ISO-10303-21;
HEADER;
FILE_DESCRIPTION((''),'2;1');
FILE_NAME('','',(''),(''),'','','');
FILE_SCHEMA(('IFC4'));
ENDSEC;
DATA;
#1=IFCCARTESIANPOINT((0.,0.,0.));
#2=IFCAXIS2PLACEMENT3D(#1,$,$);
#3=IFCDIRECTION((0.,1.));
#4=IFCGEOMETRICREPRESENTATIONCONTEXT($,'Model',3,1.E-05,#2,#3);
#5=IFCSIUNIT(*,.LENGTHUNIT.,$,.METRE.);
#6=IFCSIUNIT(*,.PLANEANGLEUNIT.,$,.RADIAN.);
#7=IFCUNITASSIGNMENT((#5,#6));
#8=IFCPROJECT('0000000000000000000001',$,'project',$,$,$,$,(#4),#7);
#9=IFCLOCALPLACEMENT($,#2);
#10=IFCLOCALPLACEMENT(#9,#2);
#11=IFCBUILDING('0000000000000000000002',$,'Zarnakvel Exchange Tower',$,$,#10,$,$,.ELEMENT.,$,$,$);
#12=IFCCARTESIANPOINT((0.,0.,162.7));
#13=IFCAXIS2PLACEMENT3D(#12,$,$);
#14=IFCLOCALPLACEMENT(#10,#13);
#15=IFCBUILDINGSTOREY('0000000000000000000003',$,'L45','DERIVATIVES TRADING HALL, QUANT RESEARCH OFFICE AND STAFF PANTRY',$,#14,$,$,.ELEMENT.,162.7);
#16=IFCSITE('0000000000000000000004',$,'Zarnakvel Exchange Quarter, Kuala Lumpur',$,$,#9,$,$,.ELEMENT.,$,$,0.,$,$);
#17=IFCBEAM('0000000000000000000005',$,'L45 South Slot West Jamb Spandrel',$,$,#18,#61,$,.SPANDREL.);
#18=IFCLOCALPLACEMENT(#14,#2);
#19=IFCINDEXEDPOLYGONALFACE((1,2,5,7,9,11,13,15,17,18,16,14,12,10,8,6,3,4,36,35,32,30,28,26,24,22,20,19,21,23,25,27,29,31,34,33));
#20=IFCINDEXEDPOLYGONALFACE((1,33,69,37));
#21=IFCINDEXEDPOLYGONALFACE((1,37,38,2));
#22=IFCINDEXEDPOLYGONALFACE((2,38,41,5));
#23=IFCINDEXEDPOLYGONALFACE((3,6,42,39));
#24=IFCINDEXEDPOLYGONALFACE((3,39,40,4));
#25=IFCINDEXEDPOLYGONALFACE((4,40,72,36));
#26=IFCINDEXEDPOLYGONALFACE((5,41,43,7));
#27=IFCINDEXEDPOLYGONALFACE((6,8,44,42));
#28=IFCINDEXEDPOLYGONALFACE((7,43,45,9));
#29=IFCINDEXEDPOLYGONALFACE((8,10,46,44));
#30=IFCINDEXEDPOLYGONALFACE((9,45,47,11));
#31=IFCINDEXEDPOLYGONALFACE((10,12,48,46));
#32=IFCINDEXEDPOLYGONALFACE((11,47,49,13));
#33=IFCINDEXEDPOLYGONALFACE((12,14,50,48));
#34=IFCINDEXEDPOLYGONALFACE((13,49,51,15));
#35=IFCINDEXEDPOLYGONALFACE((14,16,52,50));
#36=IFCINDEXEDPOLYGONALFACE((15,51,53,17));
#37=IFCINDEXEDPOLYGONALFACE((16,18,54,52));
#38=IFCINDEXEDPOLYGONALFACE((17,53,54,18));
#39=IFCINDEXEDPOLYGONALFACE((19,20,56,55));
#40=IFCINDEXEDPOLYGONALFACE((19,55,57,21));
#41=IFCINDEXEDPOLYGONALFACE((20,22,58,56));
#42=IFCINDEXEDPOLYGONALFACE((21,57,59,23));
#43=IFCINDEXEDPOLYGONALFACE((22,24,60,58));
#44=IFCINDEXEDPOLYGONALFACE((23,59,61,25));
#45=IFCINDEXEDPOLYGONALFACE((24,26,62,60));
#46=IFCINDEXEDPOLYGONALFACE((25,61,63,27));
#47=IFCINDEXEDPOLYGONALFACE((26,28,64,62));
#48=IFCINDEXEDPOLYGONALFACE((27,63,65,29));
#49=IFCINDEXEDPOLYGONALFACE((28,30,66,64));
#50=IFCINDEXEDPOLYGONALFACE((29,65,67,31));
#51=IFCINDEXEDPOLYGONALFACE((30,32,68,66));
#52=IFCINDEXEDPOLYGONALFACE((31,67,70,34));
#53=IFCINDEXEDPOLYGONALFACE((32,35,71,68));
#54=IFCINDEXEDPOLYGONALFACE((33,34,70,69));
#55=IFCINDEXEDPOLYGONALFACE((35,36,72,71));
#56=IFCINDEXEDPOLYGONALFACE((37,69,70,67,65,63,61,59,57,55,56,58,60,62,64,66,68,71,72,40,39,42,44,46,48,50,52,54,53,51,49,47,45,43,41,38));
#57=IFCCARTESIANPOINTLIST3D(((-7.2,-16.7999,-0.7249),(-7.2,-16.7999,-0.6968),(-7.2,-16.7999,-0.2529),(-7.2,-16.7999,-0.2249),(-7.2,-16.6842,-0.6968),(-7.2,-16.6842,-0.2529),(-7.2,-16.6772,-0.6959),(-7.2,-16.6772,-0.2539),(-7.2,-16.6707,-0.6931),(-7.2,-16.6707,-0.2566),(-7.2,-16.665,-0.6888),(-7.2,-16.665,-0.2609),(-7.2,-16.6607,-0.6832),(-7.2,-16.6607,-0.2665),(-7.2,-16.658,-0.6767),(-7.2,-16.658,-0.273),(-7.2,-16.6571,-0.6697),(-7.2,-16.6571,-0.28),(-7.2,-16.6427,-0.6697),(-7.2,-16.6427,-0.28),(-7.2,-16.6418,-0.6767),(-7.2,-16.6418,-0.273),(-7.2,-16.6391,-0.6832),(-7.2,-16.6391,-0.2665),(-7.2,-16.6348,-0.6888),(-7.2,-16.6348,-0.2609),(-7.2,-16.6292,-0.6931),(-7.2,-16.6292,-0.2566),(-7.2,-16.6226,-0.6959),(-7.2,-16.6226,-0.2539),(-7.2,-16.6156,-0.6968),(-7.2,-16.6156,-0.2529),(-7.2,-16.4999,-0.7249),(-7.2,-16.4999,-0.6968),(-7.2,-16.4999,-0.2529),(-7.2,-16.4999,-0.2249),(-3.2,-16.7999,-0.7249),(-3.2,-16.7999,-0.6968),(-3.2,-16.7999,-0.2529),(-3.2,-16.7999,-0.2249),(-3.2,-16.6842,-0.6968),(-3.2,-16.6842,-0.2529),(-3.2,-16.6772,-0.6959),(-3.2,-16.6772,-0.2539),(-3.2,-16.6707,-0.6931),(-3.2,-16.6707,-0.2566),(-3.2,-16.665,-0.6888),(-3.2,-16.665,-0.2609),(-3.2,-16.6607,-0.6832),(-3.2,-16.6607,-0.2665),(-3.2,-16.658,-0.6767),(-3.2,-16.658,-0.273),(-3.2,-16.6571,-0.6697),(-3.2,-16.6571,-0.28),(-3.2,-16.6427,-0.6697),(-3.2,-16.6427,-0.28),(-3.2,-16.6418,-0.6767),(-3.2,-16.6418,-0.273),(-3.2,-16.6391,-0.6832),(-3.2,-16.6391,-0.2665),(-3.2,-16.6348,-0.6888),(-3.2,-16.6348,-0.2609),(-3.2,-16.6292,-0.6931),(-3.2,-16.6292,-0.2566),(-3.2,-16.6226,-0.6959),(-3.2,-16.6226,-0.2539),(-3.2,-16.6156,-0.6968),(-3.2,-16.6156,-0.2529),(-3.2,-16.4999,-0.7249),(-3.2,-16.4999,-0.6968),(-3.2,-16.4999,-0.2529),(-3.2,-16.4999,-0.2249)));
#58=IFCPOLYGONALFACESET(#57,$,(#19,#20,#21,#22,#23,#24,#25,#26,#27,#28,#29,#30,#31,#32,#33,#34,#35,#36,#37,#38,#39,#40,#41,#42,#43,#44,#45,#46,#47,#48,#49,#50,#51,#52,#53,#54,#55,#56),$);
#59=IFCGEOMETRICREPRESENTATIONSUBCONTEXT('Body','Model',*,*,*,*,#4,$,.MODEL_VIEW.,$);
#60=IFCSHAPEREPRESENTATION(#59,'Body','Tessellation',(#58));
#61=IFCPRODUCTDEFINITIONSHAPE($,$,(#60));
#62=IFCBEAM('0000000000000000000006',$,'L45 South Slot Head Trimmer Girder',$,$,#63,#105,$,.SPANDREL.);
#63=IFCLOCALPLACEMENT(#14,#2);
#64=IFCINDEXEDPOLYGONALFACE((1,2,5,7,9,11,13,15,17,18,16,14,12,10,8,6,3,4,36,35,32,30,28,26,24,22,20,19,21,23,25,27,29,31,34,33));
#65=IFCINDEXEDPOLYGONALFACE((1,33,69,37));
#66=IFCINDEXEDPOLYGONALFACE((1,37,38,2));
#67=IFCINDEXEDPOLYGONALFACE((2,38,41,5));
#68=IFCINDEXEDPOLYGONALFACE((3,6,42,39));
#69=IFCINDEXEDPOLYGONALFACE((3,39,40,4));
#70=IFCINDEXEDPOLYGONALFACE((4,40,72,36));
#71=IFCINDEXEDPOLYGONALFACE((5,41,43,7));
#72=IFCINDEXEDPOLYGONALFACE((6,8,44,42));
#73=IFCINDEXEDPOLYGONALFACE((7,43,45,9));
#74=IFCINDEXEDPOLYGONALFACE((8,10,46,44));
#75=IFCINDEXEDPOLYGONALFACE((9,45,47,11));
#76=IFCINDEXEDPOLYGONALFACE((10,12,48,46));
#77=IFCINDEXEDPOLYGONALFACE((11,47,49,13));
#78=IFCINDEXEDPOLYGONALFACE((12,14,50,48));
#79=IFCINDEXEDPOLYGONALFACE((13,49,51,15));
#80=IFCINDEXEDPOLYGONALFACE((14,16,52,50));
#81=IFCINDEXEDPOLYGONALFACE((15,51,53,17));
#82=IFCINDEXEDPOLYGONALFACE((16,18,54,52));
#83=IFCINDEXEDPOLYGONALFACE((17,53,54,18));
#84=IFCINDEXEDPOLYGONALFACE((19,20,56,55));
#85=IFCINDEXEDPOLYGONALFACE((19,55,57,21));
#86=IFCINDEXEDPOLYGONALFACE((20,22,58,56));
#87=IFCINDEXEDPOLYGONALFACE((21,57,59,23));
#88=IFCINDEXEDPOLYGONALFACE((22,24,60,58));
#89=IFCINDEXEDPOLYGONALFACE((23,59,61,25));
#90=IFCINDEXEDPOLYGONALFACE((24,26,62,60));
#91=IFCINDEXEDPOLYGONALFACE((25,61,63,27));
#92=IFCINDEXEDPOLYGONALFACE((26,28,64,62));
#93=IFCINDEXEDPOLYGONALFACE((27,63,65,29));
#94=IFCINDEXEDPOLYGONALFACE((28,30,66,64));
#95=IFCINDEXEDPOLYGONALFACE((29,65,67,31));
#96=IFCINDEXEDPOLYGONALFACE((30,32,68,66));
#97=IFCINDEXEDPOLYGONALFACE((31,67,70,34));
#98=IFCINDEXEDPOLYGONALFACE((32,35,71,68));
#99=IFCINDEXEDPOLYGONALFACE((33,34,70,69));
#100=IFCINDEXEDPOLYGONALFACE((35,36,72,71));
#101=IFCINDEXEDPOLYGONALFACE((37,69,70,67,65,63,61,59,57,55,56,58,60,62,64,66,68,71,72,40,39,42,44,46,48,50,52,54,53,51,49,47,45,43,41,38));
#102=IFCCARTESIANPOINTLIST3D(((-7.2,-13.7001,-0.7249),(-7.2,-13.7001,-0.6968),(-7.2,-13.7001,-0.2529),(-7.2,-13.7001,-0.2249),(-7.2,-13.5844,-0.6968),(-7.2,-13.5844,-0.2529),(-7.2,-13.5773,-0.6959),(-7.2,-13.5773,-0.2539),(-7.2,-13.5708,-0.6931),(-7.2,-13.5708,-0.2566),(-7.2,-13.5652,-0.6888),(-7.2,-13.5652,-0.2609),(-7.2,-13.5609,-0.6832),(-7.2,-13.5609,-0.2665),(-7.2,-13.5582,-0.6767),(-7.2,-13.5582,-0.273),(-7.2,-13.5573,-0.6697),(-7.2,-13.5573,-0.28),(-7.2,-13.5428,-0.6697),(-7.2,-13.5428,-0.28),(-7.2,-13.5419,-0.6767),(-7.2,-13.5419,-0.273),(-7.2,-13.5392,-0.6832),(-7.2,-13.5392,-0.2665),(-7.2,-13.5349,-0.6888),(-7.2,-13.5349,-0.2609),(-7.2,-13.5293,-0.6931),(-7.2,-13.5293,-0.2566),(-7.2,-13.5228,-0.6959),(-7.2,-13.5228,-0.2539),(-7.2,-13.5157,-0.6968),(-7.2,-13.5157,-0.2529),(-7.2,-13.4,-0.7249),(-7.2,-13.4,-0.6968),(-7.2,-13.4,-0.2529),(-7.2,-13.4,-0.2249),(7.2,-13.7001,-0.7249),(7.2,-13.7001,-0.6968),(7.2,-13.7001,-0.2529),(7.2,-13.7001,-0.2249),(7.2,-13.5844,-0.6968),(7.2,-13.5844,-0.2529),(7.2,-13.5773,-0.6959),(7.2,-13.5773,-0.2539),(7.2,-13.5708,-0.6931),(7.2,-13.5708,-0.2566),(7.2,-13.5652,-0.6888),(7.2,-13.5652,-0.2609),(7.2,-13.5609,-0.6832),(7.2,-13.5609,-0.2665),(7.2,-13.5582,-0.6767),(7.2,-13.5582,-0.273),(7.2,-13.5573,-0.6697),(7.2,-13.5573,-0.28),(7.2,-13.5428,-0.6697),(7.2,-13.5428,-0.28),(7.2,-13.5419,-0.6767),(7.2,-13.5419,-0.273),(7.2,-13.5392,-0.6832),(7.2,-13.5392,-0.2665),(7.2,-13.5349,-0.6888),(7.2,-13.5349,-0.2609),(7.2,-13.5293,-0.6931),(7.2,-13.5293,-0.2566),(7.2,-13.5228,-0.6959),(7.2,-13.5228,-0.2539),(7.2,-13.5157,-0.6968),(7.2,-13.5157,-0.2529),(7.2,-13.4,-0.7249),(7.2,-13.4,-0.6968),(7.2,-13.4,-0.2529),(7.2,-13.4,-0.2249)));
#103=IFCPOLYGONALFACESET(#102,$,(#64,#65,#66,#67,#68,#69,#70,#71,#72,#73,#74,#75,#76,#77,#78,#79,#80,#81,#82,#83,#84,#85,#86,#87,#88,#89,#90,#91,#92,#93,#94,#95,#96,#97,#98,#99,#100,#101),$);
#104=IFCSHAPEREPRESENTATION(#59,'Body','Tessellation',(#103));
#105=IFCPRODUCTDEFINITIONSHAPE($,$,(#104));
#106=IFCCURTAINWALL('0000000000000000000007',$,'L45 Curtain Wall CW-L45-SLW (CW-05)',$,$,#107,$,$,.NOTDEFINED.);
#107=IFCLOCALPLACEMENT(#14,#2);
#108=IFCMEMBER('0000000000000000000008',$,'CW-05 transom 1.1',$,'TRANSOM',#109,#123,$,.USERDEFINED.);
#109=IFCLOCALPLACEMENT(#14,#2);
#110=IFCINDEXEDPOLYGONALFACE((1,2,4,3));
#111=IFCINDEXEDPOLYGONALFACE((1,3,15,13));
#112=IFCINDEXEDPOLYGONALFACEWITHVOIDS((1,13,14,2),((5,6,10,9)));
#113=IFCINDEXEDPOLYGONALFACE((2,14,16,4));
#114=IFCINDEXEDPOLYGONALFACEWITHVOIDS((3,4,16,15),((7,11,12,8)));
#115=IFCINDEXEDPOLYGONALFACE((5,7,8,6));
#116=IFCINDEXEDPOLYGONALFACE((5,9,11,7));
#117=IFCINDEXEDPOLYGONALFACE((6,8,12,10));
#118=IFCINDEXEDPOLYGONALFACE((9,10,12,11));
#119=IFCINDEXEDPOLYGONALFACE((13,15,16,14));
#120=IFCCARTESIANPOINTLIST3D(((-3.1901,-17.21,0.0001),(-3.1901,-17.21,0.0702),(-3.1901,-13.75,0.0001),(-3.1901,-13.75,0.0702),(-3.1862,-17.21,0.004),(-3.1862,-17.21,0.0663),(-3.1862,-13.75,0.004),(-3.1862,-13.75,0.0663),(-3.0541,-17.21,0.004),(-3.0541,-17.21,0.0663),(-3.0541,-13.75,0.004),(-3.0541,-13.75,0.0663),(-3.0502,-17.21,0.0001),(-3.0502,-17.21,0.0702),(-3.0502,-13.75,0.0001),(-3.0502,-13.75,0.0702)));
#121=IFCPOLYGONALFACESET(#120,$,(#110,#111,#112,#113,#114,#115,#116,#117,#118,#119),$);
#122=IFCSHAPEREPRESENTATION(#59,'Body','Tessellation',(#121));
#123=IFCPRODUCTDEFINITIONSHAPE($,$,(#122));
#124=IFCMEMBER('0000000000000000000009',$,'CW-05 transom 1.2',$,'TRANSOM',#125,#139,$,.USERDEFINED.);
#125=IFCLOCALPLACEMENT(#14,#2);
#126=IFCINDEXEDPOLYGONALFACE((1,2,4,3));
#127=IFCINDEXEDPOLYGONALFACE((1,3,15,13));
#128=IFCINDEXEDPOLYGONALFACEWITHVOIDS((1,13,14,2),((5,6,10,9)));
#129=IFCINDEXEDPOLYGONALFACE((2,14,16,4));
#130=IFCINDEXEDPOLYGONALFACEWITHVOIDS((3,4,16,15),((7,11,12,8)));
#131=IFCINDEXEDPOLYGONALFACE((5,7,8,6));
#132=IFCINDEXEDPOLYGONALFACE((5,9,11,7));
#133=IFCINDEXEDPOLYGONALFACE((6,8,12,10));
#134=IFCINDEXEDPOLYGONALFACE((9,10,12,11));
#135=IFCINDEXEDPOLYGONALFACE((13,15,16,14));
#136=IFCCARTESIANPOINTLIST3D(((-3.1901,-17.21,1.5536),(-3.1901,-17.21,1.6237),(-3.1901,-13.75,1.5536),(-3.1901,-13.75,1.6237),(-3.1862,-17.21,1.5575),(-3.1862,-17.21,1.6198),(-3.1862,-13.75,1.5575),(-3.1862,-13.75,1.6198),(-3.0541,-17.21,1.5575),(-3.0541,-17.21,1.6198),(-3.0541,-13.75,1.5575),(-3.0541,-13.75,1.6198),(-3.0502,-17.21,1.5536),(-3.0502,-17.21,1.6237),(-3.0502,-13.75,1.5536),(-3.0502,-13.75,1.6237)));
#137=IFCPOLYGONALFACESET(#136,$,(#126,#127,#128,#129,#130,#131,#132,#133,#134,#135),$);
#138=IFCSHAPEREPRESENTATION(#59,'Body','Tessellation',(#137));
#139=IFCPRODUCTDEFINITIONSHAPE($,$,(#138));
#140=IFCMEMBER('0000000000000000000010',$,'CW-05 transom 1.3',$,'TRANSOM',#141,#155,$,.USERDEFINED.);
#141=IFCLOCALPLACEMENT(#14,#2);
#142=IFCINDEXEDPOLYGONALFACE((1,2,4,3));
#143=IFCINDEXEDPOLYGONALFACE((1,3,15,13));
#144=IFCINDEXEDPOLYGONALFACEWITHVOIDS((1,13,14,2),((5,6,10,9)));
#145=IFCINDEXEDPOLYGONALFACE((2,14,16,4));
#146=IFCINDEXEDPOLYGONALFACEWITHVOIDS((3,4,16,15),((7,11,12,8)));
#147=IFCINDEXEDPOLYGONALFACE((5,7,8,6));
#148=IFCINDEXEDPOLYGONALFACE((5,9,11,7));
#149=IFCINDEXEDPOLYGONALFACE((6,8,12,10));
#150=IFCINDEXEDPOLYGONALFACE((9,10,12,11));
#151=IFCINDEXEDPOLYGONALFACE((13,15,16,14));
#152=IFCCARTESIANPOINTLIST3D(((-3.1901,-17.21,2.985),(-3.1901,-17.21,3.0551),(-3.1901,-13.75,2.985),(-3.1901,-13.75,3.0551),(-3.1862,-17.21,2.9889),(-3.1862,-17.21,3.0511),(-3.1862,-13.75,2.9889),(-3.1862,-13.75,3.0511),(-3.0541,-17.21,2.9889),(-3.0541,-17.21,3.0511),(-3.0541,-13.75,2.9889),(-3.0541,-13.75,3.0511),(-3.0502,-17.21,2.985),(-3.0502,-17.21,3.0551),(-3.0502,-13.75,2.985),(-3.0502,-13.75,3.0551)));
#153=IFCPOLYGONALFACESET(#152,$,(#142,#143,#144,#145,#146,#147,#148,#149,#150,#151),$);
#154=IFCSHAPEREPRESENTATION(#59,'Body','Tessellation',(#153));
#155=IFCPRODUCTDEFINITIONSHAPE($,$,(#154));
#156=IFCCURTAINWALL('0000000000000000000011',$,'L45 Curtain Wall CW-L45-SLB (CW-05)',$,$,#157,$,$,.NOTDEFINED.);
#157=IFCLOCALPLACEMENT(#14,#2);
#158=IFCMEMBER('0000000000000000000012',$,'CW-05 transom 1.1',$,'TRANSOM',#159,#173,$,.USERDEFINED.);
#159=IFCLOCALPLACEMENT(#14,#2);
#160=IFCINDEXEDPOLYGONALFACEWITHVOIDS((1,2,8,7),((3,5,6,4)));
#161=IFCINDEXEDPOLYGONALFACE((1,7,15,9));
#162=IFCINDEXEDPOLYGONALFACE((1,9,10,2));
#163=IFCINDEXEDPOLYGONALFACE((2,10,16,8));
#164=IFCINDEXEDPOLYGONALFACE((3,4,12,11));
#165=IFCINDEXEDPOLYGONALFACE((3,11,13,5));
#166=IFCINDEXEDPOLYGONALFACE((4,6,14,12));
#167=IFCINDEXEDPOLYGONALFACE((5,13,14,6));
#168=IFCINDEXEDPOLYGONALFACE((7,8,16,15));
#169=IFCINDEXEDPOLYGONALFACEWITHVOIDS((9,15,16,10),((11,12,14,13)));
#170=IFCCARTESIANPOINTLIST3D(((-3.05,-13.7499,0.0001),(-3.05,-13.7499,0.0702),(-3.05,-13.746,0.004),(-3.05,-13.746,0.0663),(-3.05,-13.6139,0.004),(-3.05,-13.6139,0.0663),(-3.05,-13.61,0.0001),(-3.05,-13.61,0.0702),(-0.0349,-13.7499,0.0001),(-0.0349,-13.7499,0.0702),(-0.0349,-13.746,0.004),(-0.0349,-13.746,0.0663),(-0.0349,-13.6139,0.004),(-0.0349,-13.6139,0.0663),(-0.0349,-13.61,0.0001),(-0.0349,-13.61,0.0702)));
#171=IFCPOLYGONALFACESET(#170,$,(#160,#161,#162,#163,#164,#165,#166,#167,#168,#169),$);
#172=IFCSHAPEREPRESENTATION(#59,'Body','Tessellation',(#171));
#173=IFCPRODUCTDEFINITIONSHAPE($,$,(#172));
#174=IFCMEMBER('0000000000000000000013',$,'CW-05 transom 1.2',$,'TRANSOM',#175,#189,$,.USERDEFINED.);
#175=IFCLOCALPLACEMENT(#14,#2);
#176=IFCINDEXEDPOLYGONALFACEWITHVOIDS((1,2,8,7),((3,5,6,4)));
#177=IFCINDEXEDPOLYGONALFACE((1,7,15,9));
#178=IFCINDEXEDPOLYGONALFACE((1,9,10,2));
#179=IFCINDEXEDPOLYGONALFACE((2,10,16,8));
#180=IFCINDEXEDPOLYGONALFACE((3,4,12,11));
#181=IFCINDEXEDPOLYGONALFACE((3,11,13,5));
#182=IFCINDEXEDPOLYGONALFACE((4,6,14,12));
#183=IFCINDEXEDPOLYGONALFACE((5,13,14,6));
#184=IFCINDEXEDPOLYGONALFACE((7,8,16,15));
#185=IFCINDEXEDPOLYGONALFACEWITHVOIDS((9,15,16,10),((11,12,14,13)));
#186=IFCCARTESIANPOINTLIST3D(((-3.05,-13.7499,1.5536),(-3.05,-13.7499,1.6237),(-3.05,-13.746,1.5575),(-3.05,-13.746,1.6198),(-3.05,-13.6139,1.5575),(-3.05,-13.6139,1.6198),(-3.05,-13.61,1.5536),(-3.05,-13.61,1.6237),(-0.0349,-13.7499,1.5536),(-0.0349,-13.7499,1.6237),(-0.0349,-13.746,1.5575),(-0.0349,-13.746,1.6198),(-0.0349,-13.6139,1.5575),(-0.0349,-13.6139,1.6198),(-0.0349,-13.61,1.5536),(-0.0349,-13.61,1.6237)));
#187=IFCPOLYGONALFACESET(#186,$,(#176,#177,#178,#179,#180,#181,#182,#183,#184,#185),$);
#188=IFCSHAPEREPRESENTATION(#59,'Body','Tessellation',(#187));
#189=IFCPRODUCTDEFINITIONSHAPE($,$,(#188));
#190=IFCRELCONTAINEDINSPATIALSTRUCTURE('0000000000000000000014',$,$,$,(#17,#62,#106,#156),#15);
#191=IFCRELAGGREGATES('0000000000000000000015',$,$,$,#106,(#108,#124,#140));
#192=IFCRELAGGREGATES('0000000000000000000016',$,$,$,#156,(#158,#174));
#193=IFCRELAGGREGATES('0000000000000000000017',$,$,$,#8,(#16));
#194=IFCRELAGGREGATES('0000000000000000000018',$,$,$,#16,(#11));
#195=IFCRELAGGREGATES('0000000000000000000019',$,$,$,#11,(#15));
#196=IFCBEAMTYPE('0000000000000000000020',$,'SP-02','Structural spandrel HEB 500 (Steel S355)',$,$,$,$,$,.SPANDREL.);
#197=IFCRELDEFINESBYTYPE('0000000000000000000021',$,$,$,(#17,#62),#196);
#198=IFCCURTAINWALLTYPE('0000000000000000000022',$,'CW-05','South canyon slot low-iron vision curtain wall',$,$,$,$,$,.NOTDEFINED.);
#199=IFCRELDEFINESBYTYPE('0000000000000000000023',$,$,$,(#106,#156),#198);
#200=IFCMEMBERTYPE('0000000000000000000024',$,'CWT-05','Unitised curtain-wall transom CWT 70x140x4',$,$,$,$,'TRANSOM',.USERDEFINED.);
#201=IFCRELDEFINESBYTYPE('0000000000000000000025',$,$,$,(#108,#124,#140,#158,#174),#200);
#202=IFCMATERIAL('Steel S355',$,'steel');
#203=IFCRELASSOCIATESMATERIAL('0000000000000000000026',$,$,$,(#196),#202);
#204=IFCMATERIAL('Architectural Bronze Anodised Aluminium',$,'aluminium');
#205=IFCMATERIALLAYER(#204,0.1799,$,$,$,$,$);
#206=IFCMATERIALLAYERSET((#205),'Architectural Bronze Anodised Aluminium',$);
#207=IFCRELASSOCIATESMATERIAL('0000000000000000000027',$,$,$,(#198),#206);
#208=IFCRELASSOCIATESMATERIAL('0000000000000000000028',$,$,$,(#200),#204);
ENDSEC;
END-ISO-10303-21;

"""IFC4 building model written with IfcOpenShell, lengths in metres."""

from ifc_helpers import new_model, si_unit, direction, frame, origin, origin_2d, place, context, subcontext, project, spatial, hollow_rectangle, i_section, extrude, source, transform, mapped, material, layer, layer_set, material_profile, profile_set, type_object, element, aggregate, save


model = new_model("IFC4")

# Units and contexts
model_context = context("Model", 3, precision=1e-05, world=origin(), true_north=direction((0.0, 1.0)))
body_context = subcontext(model_context, "Body", "Model", "MODEL_VIEW")
ifc_project = project(units=[si_unit("LENGTHUNIT", "METRE"), si_unit("PLANEANGLEUNIT", "RADIAN")], contexts=[model_context])

# Site, building, storey
site_placement = place(None, origin())
site = spatial("IfcSite", under=ifc_project, at=site_placement, Name="Zarnakvel Exchange Quarter, Kuala Lumpur", CompositionType="ELEMENT", RefElevation=0.0)
building_placement = place(site_placement, origin())
building = spatial("IfcBuilding", under=site, at=building_placement, Name="Zarnakvel Exchange Tower", CompositionType="ELEMENT")
storey_placement = place(building_placement, frame((0.0, 0.0, 162.7)))
storey = spatial("IfcBuildingStorey", under=building, at=storey_placement, Name="L45", Description="DERIVATIVES TRADING HALL, QUANT RESEARCH OFFICE AND STAFF PANTRY", CompositionType="ELEMENT", Elevation=162.7)

# Beams
ifc_material_1 = material(Name="Steel S355", Category="steel")
ifc_material_profile_1 = material_profile(ifc_material_1, i_section(OverallWidth=0.3, OverallDepth=0.5, WebThickness=0.0144, FlangeThickness=0.0281, FilletRadius=0.0271, at=origin_2d()))
ifc_profile_set_1 = profile_set([ifc_material_profile_1], Name="Steel S355")
beam_type_1 = type_object("IfcBeamType", Name="SP-02", Description="Structural spandrel HEB 500 (Steel S355)", PredefinedType="SPANDREL", material=ifc_profile_set_1)
beam_1_placement = place(storey_placement, frame((-7.2, -16.6499, -0.4749), z_axis=(1.0, 0.0, 0.0), x_axis=(0.0, 1.0, 0.0)))
element("IfcBeam", 1, at=beam_1_placement, inside=storey, type_object=beam_type_1, Name="L45 South Slot West Jamb Spandrel", PredefinedType="SPANDREL", context=body_context, shape_type="SweptSolid", body=[
    extrude(i_section(OverallWidth=0.3, OverallDepth=0.5, WebThickness=0.0144, FlangeThickness=0.0281, FilletRadius=0.0271, at=origin_2d()), origin(), (0.0, 0.0, 1.0), 4.0),
])
beam_2_placement = place(storey_placement, frame((-7.2, -13.55, -0.4749), z_axis=(1.0, 0.0, 0.0), x_axis=(0.0, 1.0, 0.0)))
element("IfcBeam", 2, at=beam_2_placement, inside=storey, type_object=beam_type_1, Name="L45 South Slot Head Trimmer Girder", PredefinedType="SPANDREL", context=body_context, shape_type="SweptSolid", body=[
    extrude(i_section(OverallWidth=0.3, OverallDepth=0.5, WebThickness=0.0144, FlangeThickness=0.0281, FilletRadius=0.0271, at=origin_2d()), origin(), (0.0, 0.0, 1.0), 14.3999),
])

# Curtain walls, members
ifc_material_2 = material(Name="Architectural Bronze Anodised Aluminium", Category="aluminium")
ifc_layer_1 = layer(ifc_material_2, 0.1799)
ifc_layer_set_1 = layer_set([ifc_layer_1], Name="Architectural Bronze Anodised Aluminium")
curtain_wall_type = type_object("IfcCurtainWallType", Name="CW-05", Description="South canyon slot low-iron vision curtain wall", PredefinedType="NOTDEFINED", material=ifc_layer_set_1)
curtain_wall_1_placement = place(storey_placement, origin())
curtain_wall_1 = element("IfcCurtainWall", 3, at=curtain_wall_1_placement, inside=storey, type_object=curtain_wall_type, Name="L45 Curtain Wall CW-L45-SLW (CW-05)", PredefinedType="NOTDEFINED")
ifc_material_profile_2 = material_profile(ifc_material_2, hollow_rectangle(XDim=0.1399, YDim=0.0701, WallThickness=0.0039, at=origin_2d()))
ifc_profile_set_2 = profile_set([ifc_material_profile_2], Name="Architectural Bronze Anodised Aluminium")
member_type_1 = type_object("IfcMemberType", Name="CWT-05", Description="Unitised curtain-wall transom CWT 70x140x4", ElementType="TRANSOM", PredefinedType="USERDEFINED", material=ifc_profile_set_2)
shared_shape_1 = source(origin(), body_context, "Body", "SweptSolid", [
    extrude(hollow_rectangle(XDim=0.1399, YDim=0.0701, WallThickness=0.0039, at=origin_2d()), origin(), (0.0, 0.0, 1.0), 3.46),
])
member_1_placement = place(storey_placement, frame((-3.1201, -17.21, 0.0352), z_axis=(0.0, 1.0, 0.0), x_axis=(-1.0, 0.0, 0.0)))
member_1 = element("IfcMember", 4, at=member_1_placement, type_object=member_type_1, Name="CW-05 transom 1.1", ObjectType="TRANSOM", PredefinedType="USERDEFINED", context=body_context, shape_type="MappedRepresentation", body=[
    mapped(shared_shape_1, transform((0.0, 0.0, 0.0), x_axis=(1.0, 0.0, 0.0), y_axis=(0.0, 1.0, 0.0), z_axis=(0.0, 0.0, 1.0), scale=1.0)),
])
member_2_placement = place(storey_placement, frame((-3.1201, -17.21, 1.5886), z_axis=(0.0, 1.0, 0.0), x_axis=(-1.0, 0.0, 0.0)))
member_2 = element("IfcMember", 5, at=member_2_placement, type_object=member_type_1, Name="CW-05 transom 1.2", ObjectType="TRANSOM", PredefinedType="USERDEFINED", context=body_context, shape_type="MappedRepresentation", body=[
    mapped(shared_shape_1, transform((0.0, 0.0, 0.0), x_axis=(1.0, 0.0, 0.0), y_axis=(0.0, 1.0, 0.0), z_axis=(0.0, 0.0, 1.0), scale=1.0)),
])
member_3_placement = place(storey_placement, frame((-3.1201, -17.21, 3.02), z_axis=(0.0, 1.0, 0.0), x_axis=(-1.0, 0.0, 0.0)))
member_3 = element("IfcMember", 6, at=member_3_placement, type_object=member_type_1, Name="CW-05 transom 1.3", ObjectType="TRANSOM", PredefinedType="USERDEFINED", context=body_context, shape_type="MappedRepresentation", body=[
    mapped(shared_shape_1, transform((0.0, 0.0, 0.0), x_axis=(1.0, 0.0, 0.0), y_axis=(0.0, 1.0, 0.0), z_axis=(0.0, 0.0, 1.0), scale=1.0)),
])
curtain_wall_2_placement = place(storey_placement, origin())
curtain_wall_2 = element("IfcCurtainWall", 7, at=curtain_wall_2_placement, inside=storey, type_object=curtain_wall_type, Name="L45 Curtain Wall CW-L45-SLB (CW-05)", PredefinedType="NOTDEFINED")
shared_shape_2 = source(origin(), body_context, "Body", "SweptSolid", [
    extrude(hollow_rectangle(XDim=0.1399, YDim=0.0701, WallThickness=0.0039, at=origin_2d()), origin(), (0.0, 0.0, 1.0), 3.0151),
])
member_4_placement = place(storey_placement, frame((-3.05, -13.6799, 0.0352), z_axis=(1.0, 0.0, 0.0), x_axis=(0.0, 1.0, 0.0)))
member_4 = element("IfcMember", 8, at=member_4_placement, type_object=member_type_1, Name="CW-05 transom 1.1", ObjectType="TRANSOM", PredefinedType="USERDEFINED", context=body_context, shape_type="MappedRepresentation", body=[
    mapped(shared_shape_2, transform((0.0, 0.0, 0.0), x_axis=(1.0, 0.0, 0.0), y_axis=(0.0, 1.0, 0.0), z_axis=(0.0, 0.0, 1.0), scale=1.0)),
])
member_5_placement = place(storey_placement, frame((-3.05, -13.6799, 1.5886), z_axis=(1.0, 0.0, 0.0), x_axis=(0.0, 1.0, 0.0)))
member_5 = element("IfcMember", 9, at=member_5_placement, type_object=member_type_1, Name="CW-05 transom 1.2", ObjectType="TRANSOM", PredefinedType="USERDEFINED", context=body_context, shape_type="MappedRepresentation", body=[
    mapped(shared_shape_2, transform((0.0, 0.0, 0.0), x_axis=(1.0, 0.0, 0.0), y_axis=(0.0, 1.0, 0.0), z_axis=(0.0, 0.0, 1.0), scale=1.0)),
])

aggregate(curtain_wall_1, [member_1, member_2, member_3])
aggregate(curtain_wall_2, [member_4, member_5])

save(model, "model.ifc")
